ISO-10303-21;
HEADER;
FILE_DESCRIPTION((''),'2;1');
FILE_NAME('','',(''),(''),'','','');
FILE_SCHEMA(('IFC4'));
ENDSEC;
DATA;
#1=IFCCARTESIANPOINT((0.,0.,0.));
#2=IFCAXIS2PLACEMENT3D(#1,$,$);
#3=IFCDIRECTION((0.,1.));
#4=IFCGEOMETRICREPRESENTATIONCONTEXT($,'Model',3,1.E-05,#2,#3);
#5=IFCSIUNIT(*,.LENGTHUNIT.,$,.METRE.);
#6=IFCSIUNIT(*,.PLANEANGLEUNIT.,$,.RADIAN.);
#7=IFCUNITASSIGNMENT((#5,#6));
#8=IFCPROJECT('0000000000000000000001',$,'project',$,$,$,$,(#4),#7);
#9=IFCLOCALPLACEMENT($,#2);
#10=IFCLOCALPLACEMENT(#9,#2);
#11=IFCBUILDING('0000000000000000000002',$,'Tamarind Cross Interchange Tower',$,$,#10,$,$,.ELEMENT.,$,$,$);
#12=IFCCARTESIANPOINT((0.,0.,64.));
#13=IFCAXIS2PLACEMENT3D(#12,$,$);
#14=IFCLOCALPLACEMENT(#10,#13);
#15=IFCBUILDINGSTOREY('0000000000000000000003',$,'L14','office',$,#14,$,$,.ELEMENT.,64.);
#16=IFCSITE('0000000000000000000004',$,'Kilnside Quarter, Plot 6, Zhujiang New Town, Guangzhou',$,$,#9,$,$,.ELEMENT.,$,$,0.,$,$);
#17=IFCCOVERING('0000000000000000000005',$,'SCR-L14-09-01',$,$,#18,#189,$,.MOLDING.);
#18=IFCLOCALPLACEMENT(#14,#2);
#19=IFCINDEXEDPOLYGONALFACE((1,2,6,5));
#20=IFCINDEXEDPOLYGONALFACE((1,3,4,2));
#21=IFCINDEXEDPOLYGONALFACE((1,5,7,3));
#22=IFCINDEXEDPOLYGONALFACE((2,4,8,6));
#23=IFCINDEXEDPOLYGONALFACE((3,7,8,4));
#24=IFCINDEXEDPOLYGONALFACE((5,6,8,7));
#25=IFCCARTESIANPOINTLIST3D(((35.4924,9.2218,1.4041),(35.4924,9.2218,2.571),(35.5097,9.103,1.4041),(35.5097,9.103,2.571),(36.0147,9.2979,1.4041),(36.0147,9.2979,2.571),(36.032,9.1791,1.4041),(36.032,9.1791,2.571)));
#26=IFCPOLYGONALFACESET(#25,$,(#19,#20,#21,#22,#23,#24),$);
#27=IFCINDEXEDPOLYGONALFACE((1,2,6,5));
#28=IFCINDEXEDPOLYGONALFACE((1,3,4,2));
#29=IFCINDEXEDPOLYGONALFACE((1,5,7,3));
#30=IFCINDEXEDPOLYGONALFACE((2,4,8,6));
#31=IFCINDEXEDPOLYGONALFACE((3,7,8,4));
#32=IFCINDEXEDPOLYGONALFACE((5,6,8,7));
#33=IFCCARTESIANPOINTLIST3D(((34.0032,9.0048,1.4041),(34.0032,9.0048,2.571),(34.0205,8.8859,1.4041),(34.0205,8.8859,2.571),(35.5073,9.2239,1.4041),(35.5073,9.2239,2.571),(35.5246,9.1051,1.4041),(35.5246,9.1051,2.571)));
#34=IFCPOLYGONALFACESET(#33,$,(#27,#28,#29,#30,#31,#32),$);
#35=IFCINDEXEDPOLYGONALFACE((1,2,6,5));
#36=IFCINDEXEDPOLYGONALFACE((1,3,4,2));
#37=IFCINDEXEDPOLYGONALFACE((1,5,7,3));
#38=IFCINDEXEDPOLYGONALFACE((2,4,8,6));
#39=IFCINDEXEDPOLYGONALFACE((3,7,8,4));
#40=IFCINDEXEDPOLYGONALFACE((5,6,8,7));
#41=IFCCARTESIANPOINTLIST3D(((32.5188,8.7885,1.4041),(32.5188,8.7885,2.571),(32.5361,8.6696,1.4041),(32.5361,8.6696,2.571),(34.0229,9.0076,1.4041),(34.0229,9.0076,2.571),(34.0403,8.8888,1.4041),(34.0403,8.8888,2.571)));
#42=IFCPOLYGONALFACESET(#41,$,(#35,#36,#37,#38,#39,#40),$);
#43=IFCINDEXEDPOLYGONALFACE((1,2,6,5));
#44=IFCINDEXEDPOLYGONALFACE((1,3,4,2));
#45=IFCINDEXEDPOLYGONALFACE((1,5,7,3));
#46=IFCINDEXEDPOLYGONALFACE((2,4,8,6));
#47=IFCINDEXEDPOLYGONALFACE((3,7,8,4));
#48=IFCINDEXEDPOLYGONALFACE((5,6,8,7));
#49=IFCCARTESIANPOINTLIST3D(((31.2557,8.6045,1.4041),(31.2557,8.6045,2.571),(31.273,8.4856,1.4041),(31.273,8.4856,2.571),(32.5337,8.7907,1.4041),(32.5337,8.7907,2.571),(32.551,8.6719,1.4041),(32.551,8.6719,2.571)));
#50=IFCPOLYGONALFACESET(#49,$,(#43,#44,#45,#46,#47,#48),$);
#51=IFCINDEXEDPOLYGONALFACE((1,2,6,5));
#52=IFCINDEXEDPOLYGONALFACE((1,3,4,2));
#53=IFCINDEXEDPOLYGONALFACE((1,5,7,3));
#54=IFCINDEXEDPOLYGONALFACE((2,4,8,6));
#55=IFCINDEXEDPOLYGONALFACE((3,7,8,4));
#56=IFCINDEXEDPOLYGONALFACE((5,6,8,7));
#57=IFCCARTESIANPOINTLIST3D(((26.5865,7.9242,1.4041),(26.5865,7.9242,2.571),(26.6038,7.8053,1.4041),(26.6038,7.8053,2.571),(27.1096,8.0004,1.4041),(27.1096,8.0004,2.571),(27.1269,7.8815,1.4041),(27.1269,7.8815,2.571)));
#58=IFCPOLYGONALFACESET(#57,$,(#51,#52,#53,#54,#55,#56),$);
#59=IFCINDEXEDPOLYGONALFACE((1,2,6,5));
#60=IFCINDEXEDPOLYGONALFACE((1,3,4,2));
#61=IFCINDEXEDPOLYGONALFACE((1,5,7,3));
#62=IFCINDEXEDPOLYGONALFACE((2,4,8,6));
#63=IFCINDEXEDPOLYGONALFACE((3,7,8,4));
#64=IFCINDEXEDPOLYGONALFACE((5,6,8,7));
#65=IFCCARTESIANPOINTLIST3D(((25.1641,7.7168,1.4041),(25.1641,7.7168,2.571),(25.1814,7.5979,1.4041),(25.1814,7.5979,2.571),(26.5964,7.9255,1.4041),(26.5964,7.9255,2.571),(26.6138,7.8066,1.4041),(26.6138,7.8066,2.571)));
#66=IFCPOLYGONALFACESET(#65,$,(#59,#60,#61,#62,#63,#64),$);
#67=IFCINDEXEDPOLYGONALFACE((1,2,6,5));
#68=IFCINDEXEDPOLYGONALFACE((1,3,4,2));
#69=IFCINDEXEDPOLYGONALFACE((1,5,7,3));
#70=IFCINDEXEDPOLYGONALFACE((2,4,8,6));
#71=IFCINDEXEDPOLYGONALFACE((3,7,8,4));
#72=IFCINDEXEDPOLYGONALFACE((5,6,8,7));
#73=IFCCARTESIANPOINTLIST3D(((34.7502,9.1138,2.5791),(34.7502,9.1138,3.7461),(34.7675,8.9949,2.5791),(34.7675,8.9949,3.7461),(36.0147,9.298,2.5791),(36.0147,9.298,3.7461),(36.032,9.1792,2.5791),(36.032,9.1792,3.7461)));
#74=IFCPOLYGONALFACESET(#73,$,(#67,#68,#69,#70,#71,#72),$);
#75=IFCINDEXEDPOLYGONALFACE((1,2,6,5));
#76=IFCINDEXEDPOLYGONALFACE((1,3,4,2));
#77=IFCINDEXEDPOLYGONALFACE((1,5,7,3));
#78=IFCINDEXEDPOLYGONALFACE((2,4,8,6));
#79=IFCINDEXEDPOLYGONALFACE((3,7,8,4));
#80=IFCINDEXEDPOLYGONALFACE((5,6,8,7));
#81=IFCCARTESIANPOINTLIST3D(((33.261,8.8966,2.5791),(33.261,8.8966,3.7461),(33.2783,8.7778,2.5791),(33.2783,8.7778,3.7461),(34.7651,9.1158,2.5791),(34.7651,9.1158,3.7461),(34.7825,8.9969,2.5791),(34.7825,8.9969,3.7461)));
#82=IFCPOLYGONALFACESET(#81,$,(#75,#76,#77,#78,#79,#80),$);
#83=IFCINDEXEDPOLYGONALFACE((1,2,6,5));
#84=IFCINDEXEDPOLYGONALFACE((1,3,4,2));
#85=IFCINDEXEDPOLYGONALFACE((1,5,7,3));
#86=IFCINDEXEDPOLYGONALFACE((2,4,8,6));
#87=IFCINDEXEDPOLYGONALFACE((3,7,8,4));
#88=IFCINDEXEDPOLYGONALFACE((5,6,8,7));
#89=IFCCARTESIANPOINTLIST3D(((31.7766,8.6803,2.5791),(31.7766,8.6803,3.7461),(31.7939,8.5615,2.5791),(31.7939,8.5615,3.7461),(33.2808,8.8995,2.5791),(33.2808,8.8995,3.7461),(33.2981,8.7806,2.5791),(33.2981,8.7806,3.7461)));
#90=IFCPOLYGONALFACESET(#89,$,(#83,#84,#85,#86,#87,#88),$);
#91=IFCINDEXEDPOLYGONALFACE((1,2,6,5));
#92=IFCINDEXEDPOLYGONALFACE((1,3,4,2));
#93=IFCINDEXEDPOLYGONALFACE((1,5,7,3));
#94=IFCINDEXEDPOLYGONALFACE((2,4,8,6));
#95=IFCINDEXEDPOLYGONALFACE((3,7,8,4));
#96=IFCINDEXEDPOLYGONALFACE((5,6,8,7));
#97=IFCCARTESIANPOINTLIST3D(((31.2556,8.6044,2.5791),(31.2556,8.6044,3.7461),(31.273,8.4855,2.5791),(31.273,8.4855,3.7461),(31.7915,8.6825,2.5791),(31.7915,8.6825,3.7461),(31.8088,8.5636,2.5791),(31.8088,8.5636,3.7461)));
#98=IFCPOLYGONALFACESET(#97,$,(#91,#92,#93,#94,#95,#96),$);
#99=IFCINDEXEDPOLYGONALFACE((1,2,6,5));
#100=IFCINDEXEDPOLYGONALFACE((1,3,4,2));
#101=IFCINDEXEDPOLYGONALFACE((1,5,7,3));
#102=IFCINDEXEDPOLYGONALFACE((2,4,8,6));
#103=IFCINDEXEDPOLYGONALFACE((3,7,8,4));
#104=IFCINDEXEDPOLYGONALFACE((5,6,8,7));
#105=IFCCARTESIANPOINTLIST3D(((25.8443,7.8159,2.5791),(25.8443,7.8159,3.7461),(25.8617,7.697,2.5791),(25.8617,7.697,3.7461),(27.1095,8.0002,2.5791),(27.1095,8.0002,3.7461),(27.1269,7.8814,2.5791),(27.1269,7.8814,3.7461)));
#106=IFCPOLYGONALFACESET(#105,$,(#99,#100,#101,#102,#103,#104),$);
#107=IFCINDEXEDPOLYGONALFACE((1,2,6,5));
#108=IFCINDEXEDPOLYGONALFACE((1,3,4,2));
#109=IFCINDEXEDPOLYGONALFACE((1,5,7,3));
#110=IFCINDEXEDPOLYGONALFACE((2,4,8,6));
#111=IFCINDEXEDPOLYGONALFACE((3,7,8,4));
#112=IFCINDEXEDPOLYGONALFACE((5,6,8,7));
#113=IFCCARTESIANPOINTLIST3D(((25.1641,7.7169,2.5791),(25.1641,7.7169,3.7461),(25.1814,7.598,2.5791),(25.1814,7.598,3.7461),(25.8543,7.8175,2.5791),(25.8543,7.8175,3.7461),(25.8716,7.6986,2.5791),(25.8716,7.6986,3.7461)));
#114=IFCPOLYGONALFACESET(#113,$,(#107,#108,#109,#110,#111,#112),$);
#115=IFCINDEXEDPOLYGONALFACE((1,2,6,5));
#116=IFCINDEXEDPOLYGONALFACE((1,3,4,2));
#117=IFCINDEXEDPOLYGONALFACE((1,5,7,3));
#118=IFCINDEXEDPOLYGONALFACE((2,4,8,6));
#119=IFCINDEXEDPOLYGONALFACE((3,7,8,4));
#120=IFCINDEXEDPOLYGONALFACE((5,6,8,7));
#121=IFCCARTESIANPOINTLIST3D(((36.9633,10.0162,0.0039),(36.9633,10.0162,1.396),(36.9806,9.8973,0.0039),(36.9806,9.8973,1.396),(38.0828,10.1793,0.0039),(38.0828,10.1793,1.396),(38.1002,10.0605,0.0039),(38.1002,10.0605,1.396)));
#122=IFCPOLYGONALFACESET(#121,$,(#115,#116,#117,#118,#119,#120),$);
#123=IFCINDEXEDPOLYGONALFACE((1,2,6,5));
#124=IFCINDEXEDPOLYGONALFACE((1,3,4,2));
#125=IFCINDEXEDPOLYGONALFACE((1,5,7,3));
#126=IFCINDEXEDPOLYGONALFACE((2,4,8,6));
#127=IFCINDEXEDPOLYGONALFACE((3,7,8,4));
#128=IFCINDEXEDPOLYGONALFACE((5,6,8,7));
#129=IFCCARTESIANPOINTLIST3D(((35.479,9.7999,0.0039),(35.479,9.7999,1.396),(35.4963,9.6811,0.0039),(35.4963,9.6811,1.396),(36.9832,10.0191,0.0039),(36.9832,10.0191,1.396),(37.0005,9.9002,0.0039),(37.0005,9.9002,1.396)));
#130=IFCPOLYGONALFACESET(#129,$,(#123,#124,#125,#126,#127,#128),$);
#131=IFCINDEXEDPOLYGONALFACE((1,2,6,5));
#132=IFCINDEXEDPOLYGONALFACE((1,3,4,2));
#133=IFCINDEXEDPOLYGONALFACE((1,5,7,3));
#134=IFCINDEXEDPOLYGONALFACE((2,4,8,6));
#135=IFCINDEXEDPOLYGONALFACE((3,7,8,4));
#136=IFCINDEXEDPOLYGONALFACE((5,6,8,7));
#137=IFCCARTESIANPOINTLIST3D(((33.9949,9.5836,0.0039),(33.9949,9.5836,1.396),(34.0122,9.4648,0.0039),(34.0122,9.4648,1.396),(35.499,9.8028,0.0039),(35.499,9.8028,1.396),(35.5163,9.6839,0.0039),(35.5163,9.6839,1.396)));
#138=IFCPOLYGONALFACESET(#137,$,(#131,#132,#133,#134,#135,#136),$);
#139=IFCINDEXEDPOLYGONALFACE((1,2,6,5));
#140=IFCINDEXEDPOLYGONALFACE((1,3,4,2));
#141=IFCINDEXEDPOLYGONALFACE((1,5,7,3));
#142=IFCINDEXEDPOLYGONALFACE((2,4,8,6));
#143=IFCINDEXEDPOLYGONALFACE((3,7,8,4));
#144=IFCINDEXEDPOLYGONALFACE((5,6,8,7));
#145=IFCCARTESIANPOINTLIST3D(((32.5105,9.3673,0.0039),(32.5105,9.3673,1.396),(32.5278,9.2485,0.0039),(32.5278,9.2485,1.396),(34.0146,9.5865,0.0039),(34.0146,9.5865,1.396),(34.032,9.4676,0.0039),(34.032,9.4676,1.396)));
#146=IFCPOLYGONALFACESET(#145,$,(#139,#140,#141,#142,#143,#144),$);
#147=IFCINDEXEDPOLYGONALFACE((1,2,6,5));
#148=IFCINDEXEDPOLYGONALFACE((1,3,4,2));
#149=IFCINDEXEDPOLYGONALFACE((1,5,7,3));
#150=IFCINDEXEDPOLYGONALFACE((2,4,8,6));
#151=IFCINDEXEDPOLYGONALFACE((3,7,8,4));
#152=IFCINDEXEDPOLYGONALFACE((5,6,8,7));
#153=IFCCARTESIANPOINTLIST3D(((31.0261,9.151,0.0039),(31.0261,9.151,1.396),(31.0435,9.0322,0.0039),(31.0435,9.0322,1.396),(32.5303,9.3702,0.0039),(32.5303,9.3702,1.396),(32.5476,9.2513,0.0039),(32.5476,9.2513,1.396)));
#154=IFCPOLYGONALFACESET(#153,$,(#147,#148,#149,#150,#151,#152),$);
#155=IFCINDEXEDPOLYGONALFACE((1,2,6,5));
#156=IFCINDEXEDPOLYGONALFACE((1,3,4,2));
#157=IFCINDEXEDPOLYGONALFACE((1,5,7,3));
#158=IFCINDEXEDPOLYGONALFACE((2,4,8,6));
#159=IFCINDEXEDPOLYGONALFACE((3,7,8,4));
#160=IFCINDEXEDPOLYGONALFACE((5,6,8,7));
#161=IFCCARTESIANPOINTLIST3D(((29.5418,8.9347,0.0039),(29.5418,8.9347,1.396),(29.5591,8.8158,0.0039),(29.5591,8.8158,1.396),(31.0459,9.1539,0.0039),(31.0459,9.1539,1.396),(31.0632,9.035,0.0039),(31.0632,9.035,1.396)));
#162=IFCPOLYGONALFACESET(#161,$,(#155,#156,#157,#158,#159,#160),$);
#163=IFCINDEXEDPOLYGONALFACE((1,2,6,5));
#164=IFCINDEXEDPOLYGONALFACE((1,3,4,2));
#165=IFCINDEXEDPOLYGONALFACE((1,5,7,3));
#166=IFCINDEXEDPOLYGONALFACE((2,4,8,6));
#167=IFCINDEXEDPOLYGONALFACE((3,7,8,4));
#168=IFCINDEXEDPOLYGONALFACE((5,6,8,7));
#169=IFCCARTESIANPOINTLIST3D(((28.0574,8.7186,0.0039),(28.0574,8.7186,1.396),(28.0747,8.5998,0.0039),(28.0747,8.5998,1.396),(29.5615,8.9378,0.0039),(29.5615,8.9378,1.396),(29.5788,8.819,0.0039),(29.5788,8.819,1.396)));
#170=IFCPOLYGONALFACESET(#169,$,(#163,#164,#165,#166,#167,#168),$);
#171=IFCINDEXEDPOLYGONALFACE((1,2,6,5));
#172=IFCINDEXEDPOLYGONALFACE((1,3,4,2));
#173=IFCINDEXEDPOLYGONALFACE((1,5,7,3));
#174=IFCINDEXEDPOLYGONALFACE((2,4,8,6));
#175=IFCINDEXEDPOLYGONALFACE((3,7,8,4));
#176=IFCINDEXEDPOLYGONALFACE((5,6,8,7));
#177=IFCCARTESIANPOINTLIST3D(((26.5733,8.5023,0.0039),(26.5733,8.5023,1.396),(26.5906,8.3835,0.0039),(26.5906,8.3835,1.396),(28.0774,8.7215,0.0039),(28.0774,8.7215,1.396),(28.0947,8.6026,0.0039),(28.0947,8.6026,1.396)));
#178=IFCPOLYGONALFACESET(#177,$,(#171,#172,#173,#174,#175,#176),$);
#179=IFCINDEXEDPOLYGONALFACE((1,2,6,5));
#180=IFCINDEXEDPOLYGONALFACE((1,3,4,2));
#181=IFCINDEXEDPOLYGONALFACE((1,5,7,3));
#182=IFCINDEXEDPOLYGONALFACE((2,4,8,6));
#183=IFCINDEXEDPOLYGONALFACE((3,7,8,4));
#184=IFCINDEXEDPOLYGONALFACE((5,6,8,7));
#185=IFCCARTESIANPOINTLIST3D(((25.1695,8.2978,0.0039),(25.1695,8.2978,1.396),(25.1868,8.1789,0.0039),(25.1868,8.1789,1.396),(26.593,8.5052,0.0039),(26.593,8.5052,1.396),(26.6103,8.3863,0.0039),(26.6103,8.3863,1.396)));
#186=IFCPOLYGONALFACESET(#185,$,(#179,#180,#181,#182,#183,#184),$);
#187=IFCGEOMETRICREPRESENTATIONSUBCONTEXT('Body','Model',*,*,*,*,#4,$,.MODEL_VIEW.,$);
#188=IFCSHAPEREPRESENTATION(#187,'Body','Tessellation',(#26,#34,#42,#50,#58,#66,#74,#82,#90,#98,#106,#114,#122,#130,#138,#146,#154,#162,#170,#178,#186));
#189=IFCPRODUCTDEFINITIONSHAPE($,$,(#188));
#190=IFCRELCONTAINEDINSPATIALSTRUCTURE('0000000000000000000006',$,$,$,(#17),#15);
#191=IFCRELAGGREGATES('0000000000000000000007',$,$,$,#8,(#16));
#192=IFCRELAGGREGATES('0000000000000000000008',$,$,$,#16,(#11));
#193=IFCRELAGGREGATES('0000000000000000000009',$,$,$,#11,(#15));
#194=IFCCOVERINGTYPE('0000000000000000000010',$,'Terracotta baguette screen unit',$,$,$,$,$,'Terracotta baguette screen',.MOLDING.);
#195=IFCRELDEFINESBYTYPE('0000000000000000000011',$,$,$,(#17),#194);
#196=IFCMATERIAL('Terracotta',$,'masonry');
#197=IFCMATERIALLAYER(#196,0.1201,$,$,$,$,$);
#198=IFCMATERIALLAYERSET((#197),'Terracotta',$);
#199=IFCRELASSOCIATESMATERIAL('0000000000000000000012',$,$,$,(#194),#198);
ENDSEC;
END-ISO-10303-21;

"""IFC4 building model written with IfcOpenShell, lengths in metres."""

from ifc_helpers import new_model, si_unit, direction, frame, origin, origin_2d, place, context, subcontext, project, spatial, rectangle, extrude, material, layer, layer_set, type_object, element, save


model = new_model("IFC4")

# Units and contexts
model_context = context("Model", 3, precision=1e-05, world=origin(), true_north=direction((0.0, 1.0)))
body_context = subcontext(model_context, "Body", "Model", "MODEL_VIEW")
ifc_project = project(units=[si_unit("LENGTHUNIT", "METRE"), si_unit("PLANEANGLEUNIT", "RADIAN")], contexts=[model_context])

# Site, building, storey
site_placement = place(None, origin())
site = spatial("IfcSite", under=ifc_project, at=site_placement, Name="Kilnside Quarter, Plot 6, Zhujiang New Town, Guangzhou", CompositionType="ELEMENT", RefElevation=0.0)
building_placement = place(site_placement, origin())
building = spatial("IfcBuilding", under=site, at=building_placement, Name="Tamarind Cross Interchange Tower", CompositionType="ELEMENT")
storey_placement = place(building_placement, frame((0.0, 0.0, 64.0)))
storey = spatial("IfcBuildingStorey", under=building, at=storey_placement, Name="L14", Description="office", CompositionType="ELEMENT", Elevation=64.0)

# Covering
ifc_material_1 = material(Name="Terracotta", Category="masonry")
ifc_layer_1 = layer(ifc_material_1, 0.1201)
ifc_layer_set_1 = layer_set([ifc_layer_1], Name="Terracotta")
covering_type = type_object("IfcCoveringType", Name="Terracotta baguette screen unit", ElementType="Terracotta baguette screen", PredefinedType="MOLDING", material=ifc_layer_set_1)
covering_1_placement = place(storey_placement, origin())
element("IfcCovering", 1, at=covering_1_placement, inside=storey, type_object=covering_type, Name="SCR-L14-09-01", PredefinedType="MOLDING", context=body_context, shape_type="SweptSolid", body=[
    extrude(rectangle(XDim=0.5278, YDim=0.1201, at=origin_2d()), frame((35.7622, 9.2004, 1.4041), z_axis=(0.0, 0.0, 1.0), x_axis=(-0.98955, -0.144187, 0.0)), (0.0, 0.0, 1.0), 1.167),
    extrude(rectangle(XDim=1.52, YDim=0.1201, at=origin_2d()), frame((34.7639, 9.0549, 1.4041), z_axis=(0.0, 0.0, 1.0), x_axis=(-0.98955, -0.144187, 0.0)), (0.0, 0.0, 1.0), 1.167),
    extrude(rectangle(XDim=1.52, YDim=0.1201, at=origin_2d()), frame((33.2795, 8.8386, 1.4041), z_axis=(0.0, 0.0, 1.0), x_axis=(-0.98955, -0.144187, 0.0)), (0.0, 0.0, 1.0), 1.167),
    extrude(rectangle(XDim=1.2915, YDim=0.1201, at=origin_2d()), frame((31.9033, 8.6382, 1.4041), z_axis=(0.0, 0.0, 1.0), x_axis=(-0.98955, -0.144187, 0.0)), (0.0, 0.0, 1.0), 1.167),
    extrude(rectangle(XDim=0.5286, YDim=0.1201, at=origin_2d()), frame((26.8567, 7.9028, 1.4041), z_axis=(0.0, 0.0, 1.0), x_axis=(-0.98955, -0.144187, 0.0)), (0.0, 0.0, 1.0), 1.167),
    extrude(rectangle(XDim=1.4475, YDim=0.1201, at=origin_2d()), frame((25.8889, 7.7617, 1.4041), z_axis=(0.0, 0.0, 1.0), x_axis=(-0.98955, -0.144187, 0.0)), (0.0, 0.0, 1.0), 1.167),
    extrude(rectangle(XDim=1.2778, YDim=0.1201, at=origin_2d()), frame((35.3911, 9.1465, 2.5791), z_axis=(0.0, 0.0, 1.0), x_axis=(-0.98955, -0.144187, 0.0)), (0.0, 0.0, 1.0), 1.167),
    extrude(rectangle(XDim=1.52, YDim=0.1201, at=origin_2d()), frame((34.0217, 8.9468, 2.5791), z_axis=(0.0, 0.0, 1.0), x_axis=(-0.98955, -0.144187, 0.0)), (0.0, 0.0, 1.0), 1.167),
    extrude(rectangle(XDim=1.52, YDim=0.1201, at=origin_2d()), frame((32.5374, 8.7305, 2.5791), z_axis=(0.0, 0.0, 1.0), x_axis=(-0.98955, -0.144187, 0.0)), (0.0, 0.0, 1.0), 1.167),
    extrude(rectangle(XDim=0.5415, YDim=0.1201, at=origin_2d()), frame((31.5322, 8.584, 2.5791), z_axis=(0.0, 0.0, 1.0), x_axis=(-0.98955, -0.144187, 0.0)), (0.0, 0.0, 1.0), 1.167),
    extrude(rectangle(XDim=1.2786, YDim=0.1201, at=origin_2d()), frame((26.4856, 7.8486, 2.5791), z_axis=(0.0, 0.0, 1.0), x_axis=(-0.98955, -0.144187, 0.0)), (0.0, 0.0, 1.0), 1.167),
    extrude(rectangle(XDim=0.6975, YDim=0.1201, at=origin_2d()), frame((25.5178, 7.7078, 2.5791), z_axis=(0.0, 0.0, 1.0), x_axis=(-0.98955, -0.144187, 0.0)), (0.0, 0.0, 1.0), 1.167),
    extrude(rectangle(XDim=1.1313, YDim=0.1201, at=origin_2d()), frame((37.5317, 10.0383, 0.0039), z_axis=(0.0, 0.0, 1.0), x_axis=(-0.98955, -0.144187, 0.0)), (0.0, 0.0, 1.0), 1.3921),
    extrude(rectangle(XDim=1.52, YDim=0.1201, at=origin_2d()), frame((36.2397, 9.8501, 0.0039), z_axis=(0.0, 0.0, 1.0), x_axis=(-0.98955, -0.144187, 0.0)), (0.0, 0.0, 1.0), 1.3921),
    extrude(rectangle(XDim=1.52, YDim=0.1201, at=origin_2d()), frame((34.7556, 9.6338, 0.0039), z_axis=(0.0, 0.0, 1.0), x_axis=(-0.98955, -0.144187, 0.0)), (0.0, 0.0, 1.0), 1.3921),
    extrude(rectangle(XDim=1.52, YDim=0.1201, at=origin_2d()), frame((33.2712, 9.4175, 0.0039), z_axis=(0.0, 0.0, 1.0), x_axis=(-0.98955, -0.144187, 0.0)), (0.0, 0.0, 1.0), 1.3921),
    extrude(rectangle(XDim=1.52, YDim=0.1201, at=origin_2d()), frame((31.7869, 9.2012, 0.0039), z_axis=(0.0, 0.0, 1.0), x_axis=(-0.98955, -0.144187, 0.0)), (0.0, 0.0, 1.0), 1.3921),
    extrude(rectangle(XDim=1.52, YDim=0.1201, at=origin_2d()), frame((30.3025, 8.9849, 0.0039), z_axis=(0.0, 0.0, 1.0), x_axis=(-0.98955, -0.144187, 0.0)), (0.0, 0.0, 1.0), 1.3921),
    extrude(rectangle(XDim=1.52, YDim=0.1201, at=origin_2d()), frame((28.8181, 8.7688, 0.0039), z_axis=(0.0, 0.0, 1.0), x_axis=(-0.98955, -0.144187, 0.0)), (0.0, 0.0, 1.0), 1.3921),
    extrude(rectangle(XDim=1.52, YDim=0.1201, at=origin_2d()), frame((27.334, 8.5525, 0.0039), z_axis=(0.0, 0.0, 1.0), x_axis=(-0.98955, -0.144187, 0.0)), (0.0, 0.0, 1.0), 1.3921),
    extrude(rectangle(XDim=1.4385, YDim=0.1201, at=origin_2d()), frame((25.8899, 8.342, 0.0039), z_axis=(0.0, 0.0, 1.0), x_axis=(-0.98955, -0.144187, 0.0)), (0.0, 0.0, 1.0), 1.3921),
])

save(model, "model.ifc")
